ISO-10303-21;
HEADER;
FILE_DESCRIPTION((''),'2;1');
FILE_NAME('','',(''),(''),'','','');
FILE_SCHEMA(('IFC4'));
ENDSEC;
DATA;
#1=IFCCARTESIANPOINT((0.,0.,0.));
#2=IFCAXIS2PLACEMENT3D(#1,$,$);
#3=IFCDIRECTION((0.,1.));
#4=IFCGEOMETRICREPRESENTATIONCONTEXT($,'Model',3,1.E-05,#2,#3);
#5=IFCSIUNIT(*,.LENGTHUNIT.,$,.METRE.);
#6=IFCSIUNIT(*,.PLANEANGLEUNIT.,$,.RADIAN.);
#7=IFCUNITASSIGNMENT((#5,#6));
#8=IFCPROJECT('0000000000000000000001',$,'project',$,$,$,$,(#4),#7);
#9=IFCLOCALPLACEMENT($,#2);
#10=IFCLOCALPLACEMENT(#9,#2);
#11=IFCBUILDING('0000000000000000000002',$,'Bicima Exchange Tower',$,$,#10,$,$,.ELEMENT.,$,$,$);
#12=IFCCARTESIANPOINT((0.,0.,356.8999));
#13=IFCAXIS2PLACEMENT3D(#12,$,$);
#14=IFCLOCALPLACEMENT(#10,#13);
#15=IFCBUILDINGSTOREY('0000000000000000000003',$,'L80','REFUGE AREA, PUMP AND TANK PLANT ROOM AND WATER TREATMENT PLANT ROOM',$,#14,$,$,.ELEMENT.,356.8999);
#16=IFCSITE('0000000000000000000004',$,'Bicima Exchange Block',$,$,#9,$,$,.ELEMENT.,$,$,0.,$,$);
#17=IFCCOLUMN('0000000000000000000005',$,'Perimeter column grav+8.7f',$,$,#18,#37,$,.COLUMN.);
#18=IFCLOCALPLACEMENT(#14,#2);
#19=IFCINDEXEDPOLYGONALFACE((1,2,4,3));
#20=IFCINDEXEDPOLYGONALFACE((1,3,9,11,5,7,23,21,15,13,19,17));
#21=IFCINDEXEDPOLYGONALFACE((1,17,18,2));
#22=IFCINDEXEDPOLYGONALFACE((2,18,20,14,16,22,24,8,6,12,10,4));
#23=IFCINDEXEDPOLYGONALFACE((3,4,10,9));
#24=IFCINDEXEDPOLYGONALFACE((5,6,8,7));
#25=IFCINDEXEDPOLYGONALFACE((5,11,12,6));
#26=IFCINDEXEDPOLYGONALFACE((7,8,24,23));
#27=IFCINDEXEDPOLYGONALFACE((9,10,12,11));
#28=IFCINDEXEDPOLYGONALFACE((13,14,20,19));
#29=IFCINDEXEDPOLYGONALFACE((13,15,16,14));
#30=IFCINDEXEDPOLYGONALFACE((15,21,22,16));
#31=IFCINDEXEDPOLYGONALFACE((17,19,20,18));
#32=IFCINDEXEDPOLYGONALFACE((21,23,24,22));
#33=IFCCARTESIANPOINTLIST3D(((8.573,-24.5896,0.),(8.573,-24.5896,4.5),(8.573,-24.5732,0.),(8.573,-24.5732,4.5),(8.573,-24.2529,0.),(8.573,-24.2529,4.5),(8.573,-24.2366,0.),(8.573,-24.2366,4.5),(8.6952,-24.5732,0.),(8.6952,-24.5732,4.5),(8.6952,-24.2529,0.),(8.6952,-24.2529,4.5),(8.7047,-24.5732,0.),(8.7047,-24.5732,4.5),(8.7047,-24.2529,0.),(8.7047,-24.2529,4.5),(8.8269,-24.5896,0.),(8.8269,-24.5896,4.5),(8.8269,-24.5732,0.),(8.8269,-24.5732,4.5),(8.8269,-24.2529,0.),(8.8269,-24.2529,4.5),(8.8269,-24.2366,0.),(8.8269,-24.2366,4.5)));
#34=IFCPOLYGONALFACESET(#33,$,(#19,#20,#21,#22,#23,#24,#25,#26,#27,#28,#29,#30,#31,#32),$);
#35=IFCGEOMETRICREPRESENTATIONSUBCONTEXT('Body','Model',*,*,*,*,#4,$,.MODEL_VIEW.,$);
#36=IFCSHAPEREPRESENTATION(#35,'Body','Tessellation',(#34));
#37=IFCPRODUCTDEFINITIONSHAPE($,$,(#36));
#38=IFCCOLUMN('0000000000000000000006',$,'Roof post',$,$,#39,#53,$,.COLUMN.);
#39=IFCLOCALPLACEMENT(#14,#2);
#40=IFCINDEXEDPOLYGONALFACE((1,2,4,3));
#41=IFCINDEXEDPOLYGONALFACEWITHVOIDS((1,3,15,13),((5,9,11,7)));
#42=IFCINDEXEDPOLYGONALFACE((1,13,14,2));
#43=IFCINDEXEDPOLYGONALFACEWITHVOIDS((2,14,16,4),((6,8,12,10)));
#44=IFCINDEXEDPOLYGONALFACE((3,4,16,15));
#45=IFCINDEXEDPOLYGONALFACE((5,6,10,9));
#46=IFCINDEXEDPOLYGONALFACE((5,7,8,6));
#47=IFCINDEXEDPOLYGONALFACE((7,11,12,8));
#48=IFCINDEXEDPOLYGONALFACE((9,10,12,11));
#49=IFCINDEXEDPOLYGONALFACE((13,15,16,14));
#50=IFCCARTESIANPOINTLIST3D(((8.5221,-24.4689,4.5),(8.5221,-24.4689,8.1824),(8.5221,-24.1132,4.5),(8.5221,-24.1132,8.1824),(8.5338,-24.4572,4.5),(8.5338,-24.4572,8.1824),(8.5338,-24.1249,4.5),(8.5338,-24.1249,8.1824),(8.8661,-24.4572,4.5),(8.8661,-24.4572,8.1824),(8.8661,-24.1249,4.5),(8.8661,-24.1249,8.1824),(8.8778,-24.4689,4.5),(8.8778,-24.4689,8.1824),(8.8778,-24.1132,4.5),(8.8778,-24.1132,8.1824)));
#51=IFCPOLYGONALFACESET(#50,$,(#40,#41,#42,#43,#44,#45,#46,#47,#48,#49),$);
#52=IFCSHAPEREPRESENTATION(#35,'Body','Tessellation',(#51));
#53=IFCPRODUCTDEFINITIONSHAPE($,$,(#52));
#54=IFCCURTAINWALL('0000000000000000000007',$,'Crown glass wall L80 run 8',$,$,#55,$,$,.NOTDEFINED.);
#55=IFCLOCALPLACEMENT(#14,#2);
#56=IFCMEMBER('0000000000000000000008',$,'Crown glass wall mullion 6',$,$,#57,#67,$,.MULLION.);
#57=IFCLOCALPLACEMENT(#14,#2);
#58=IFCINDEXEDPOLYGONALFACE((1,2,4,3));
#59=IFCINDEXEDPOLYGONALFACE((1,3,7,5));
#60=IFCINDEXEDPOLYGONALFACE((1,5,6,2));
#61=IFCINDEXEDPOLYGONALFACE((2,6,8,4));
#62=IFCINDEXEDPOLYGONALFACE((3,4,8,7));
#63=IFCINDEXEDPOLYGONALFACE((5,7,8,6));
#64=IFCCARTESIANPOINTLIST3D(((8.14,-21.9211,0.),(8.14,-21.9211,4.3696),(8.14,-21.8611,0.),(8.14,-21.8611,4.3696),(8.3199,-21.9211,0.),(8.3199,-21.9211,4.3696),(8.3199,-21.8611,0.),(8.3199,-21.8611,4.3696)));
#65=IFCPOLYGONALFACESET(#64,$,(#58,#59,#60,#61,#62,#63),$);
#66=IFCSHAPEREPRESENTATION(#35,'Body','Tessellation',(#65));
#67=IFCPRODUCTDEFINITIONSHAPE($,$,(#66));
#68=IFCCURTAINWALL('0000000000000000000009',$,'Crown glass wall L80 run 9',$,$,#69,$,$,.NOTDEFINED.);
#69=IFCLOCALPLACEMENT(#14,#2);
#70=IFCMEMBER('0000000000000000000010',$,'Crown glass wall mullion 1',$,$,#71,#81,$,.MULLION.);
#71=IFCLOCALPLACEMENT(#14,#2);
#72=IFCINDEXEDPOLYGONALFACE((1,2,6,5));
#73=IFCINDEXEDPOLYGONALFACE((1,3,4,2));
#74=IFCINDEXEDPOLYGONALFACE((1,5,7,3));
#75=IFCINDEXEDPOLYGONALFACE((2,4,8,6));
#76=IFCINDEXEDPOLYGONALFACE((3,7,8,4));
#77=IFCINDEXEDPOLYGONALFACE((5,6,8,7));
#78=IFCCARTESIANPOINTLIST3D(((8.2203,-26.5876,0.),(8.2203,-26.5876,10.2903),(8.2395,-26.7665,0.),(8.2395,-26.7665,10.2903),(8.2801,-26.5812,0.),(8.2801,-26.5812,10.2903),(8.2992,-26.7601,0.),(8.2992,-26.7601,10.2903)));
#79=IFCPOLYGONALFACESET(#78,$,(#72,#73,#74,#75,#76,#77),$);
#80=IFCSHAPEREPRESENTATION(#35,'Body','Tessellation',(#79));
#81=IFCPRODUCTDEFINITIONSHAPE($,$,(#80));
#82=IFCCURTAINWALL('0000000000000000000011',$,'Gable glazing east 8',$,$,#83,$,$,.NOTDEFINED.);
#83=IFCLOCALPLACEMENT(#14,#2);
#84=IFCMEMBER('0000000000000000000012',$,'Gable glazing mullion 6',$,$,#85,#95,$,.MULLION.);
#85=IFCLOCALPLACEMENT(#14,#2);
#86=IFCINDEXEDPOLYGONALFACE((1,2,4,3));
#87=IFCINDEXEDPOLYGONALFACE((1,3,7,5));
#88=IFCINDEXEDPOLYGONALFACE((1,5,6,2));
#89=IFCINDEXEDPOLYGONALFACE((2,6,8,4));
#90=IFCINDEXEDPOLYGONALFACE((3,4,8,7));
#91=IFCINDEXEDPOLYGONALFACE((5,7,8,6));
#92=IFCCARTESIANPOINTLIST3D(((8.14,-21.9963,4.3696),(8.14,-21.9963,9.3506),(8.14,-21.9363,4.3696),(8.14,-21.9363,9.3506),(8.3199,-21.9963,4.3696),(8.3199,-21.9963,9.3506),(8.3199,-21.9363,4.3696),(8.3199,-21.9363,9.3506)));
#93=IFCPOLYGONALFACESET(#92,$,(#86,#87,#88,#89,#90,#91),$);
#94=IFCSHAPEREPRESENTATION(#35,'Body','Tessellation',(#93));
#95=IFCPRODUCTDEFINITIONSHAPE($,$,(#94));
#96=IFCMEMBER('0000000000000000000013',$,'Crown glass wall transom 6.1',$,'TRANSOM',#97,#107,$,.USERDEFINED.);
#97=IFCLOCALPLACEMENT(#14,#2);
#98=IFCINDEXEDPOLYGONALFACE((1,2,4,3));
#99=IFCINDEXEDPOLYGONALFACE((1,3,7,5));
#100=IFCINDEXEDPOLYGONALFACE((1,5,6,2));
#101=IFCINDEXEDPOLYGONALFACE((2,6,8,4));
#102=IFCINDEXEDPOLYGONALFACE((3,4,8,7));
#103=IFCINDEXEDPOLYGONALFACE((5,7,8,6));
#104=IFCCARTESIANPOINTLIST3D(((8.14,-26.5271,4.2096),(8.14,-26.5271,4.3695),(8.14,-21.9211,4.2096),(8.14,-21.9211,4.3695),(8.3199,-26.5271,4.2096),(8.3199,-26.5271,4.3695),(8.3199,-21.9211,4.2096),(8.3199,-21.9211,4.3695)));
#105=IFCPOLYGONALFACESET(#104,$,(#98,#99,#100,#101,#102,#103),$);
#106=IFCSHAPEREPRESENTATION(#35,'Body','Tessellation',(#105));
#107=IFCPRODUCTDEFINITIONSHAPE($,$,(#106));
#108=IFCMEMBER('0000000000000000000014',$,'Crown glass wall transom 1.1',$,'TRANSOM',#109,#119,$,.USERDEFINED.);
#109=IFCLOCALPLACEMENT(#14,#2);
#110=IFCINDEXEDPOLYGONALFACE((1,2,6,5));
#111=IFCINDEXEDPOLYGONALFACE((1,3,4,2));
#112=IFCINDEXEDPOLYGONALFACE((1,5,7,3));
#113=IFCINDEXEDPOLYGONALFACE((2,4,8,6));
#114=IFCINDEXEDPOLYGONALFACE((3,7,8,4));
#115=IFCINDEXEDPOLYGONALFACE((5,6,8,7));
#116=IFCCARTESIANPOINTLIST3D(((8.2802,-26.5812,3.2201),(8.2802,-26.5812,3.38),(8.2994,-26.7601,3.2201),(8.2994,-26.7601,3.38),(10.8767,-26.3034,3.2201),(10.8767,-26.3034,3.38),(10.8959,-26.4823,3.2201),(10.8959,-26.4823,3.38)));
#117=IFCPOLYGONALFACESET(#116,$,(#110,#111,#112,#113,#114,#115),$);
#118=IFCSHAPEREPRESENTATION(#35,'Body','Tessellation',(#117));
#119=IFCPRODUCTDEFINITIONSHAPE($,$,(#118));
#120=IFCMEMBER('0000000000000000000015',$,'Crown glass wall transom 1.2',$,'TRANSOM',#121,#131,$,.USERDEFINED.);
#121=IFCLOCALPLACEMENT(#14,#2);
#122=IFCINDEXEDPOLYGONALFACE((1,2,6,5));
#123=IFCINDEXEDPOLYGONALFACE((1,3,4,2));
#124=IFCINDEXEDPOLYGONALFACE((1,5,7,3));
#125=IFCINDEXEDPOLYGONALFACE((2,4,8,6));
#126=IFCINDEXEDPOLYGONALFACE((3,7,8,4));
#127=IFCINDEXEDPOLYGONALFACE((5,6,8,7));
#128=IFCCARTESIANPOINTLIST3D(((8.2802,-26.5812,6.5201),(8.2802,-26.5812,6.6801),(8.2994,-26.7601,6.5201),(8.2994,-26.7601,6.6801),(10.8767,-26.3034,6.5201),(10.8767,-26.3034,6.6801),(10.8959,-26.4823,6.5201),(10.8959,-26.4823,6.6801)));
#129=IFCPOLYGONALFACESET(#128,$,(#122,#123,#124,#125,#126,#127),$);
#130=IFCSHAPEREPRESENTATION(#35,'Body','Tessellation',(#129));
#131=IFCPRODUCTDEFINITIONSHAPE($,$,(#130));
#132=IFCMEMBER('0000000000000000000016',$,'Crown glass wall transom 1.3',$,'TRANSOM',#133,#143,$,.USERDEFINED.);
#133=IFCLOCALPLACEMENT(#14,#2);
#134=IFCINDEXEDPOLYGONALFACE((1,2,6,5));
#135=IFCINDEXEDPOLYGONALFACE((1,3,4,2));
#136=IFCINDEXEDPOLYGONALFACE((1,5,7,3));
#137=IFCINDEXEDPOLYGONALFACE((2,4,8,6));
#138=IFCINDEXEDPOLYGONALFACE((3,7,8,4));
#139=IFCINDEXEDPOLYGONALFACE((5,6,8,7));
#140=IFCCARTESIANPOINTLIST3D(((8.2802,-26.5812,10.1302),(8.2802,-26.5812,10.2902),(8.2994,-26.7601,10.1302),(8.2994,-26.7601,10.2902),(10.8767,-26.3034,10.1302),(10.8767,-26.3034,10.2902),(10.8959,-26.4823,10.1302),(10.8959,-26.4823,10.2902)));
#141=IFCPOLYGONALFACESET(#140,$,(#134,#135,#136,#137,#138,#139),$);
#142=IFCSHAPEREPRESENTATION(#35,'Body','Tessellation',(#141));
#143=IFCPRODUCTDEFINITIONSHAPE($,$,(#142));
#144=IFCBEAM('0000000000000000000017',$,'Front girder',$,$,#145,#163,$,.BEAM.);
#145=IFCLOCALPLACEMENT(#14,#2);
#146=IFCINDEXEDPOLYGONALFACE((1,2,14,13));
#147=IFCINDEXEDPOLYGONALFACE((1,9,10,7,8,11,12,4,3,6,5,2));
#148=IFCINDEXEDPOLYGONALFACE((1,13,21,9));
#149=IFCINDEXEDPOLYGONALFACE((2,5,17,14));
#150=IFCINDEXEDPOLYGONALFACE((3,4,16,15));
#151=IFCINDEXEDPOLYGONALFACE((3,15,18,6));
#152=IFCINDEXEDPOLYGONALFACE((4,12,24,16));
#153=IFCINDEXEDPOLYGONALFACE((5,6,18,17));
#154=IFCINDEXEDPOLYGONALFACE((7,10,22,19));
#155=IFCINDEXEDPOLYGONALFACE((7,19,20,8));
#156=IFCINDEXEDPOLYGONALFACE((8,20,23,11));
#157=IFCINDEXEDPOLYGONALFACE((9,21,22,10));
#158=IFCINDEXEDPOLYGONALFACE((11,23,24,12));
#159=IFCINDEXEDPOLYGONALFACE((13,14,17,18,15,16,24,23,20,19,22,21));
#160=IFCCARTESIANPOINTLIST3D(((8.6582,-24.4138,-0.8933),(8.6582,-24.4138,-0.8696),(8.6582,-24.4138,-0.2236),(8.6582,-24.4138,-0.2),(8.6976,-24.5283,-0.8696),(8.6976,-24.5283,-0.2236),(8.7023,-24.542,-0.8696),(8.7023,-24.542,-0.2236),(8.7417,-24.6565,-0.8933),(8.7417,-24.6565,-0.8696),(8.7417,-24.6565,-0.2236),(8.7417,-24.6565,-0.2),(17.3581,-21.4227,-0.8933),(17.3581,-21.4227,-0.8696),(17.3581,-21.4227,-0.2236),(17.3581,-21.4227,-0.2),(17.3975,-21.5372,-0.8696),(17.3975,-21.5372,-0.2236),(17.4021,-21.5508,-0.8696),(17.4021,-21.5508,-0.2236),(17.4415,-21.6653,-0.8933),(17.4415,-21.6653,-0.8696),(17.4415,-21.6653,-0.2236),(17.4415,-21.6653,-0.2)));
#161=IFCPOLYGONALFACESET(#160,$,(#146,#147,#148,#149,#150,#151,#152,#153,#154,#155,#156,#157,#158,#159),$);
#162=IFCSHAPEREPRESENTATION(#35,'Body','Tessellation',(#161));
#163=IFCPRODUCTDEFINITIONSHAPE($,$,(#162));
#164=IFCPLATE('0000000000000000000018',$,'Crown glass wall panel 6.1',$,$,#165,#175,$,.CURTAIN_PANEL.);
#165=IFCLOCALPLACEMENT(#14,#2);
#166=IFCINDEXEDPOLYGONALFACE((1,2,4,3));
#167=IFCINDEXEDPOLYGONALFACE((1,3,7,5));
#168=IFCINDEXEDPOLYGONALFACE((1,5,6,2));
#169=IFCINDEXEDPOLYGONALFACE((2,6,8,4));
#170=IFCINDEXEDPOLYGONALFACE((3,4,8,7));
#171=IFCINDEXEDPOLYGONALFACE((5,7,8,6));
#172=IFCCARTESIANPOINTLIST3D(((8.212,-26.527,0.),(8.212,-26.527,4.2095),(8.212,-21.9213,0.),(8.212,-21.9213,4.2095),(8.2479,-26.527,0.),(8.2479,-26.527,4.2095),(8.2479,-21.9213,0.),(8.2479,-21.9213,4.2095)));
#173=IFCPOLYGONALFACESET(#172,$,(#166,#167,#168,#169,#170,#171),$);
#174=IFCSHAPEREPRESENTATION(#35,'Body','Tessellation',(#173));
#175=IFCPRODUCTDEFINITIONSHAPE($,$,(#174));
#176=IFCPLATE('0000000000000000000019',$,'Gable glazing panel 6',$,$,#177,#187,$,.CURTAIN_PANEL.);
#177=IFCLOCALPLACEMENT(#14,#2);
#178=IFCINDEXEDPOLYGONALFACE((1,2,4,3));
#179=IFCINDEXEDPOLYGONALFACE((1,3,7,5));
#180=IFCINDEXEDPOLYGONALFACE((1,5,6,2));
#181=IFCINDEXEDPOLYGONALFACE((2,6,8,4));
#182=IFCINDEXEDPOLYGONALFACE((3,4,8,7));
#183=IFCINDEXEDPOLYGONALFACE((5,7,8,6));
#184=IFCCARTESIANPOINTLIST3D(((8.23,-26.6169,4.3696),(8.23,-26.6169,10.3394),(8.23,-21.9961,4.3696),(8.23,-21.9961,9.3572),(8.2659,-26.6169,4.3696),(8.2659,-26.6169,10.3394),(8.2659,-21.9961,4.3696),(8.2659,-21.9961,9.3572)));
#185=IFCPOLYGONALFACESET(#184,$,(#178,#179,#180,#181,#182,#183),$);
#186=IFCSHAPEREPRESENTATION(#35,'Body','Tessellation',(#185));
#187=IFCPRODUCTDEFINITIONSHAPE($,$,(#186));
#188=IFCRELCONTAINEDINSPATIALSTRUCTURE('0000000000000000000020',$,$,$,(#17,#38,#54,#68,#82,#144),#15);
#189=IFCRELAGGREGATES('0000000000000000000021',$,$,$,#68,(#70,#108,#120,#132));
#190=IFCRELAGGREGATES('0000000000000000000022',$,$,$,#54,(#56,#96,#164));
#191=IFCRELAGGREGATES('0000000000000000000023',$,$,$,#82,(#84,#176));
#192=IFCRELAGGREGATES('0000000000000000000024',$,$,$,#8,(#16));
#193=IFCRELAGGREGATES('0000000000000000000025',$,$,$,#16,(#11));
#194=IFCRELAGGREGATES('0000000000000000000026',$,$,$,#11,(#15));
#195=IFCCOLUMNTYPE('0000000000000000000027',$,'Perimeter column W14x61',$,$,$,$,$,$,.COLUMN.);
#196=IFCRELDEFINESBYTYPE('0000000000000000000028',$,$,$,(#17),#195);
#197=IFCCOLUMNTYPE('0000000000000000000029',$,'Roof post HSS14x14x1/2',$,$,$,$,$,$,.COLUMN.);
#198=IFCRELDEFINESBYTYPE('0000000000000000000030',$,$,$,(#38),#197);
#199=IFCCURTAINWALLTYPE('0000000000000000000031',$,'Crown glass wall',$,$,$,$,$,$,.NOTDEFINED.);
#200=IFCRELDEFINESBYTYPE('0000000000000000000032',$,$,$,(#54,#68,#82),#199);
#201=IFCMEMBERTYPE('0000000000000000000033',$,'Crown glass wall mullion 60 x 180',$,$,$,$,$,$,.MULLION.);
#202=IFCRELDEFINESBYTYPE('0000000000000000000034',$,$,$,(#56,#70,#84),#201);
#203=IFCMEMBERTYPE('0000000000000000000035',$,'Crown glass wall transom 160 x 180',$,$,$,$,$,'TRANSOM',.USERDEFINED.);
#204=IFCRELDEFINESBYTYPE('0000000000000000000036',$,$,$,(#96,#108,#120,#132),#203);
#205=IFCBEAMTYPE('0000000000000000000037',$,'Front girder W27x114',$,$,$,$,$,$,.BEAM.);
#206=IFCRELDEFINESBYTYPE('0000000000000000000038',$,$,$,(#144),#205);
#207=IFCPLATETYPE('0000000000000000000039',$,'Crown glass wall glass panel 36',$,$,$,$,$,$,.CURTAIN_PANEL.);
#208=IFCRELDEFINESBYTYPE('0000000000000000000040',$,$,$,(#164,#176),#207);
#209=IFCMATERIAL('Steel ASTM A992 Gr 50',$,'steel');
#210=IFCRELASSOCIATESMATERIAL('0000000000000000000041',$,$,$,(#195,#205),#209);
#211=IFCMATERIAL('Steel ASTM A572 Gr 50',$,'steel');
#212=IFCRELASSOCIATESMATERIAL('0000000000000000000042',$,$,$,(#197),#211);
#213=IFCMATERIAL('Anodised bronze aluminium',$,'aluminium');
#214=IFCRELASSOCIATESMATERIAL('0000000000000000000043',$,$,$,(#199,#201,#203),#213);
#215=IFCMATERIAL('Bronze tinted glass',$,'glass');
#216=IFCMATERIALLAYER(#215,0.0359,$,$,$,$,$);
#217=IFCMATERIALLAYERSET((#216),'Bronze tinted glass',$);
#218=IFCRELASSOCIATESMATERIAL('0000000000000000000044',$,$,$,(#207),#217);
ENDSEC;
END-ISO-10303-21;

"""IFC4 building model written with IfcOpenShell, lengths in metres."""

from ifc_helpers import new_model, si_unit, direction, frame, origin, origin_2d, place, context, subcontext, project, spatial, polyline, rectangle, hollow_rectangle, i_section, outline, extrude, material, layer, layer_set, material_profile, profile_set, type_object, element, aggregate, save


model = new_model("IFC4")

# Units and contexts
model_context = context("Model", 3, precision=1e-05, world=origin(), true_north=direction((0.0, 1.0)))
body_context = subcontext(model_context, "Body", "Model", "MODEL_VIEW")
ifc_project = project(units=[si_unit("LENGTHUNIT", "METRE"), si_unit("PLANEANGLEUNIT", "RADIAN")], contexts=[model_context])

# Site, building, storey
site_placement = place(None, origin())
site = spatial("IfcSite", under=ifc_project, at=site_placement, Name="Bicima Exchange Block", CompositionType="ELEMENT", RefElevation=0.0)
building_placement = place(site_placement, origin())
building = spatial("IfcBuilding", under=site, at=building_placement, Name="Bicima Exchange Tower", CompositionType="ELEMENT")
storey_placement = place(building_placement, frame((0.0, 0.0, 356.8999)))
storey = spatial("IfcBuildingStorey", under=building, at=storey_placement, Name="L80", Description="REFUGE AREA, PUMP AND TANK PLANT ROOM AND WATER TREATMENT PLANT ROOM", CompositionType="ELEMENT", Elevation=356.8999)

# Columns
ifc_material_1 = material(Name="Steel ASTM A992 Gr 50", Category="steel")
ifc_material_profile_1 = material_profile(ifc_material_1, i_section(OverallWidth=0.2539, OverallDepth=0.353, WebThickness=0.0095, FlangeThickness=0.0164, at=origin_2d()))
ifc_profile_set_1 = profile_set([ifc_material_profile_1], Name="Steel ASTM A992 Gr 50")
column_type_1 = type_object("IfcColumnType", Name="Perimeter column W14x61", PredefinedType="COLUMN", material=ifc_profile_set_1)
column_1_placement = place(storey_placement, frame((8.7, -24.4131, 0.0), z_axis=(0.0, 0.0, 1.0), x_axis=(1.0, 0.0, 0.0)))
element("IfcColumn", 1, at=column_1_placement, inside=storey, type_object=column_type_1, Name="Perimeter column grav+8.7f", PredefinedType="COLUMN", context=body_context, shape_type="SweptSolid", body=[
    extrude(i_section(OverallWidth=0.2539, OverallDepth=0.353, WebThickness=0.0095, FlangeThickness=0.0164, at=origin_2d()), origin(), (0.0, 0.0, 1.0), 4.5),
])
ifc_material_2 = material(Name="Steel ASTM A572 Gr 50", Category="steel")
ifc_material_profile_2 = material_profile(ifc_material_2, hollow_rectangle(XDim=0.3557, YDim=0.3557, WallThickness=0.0117, at=origin_2d()))
ifc_profile_set_2 = profile_set([ifc_material_profile_2], Name="Steel ASTM A572 Gr 50")
column_type_2 = type_object("IfcColumnType", Name="Roof post HSS14x14x1/2", PredefinedType="COLUMN", material=ifc_profile_set_2)
column_2_placement = place(storey_placement, frame((8.7, -24.291, 4.5), z_axis=(0.0, 0.0, 1.0), x_axis=(1.0, 0.0, 0.0)))
element("IfcColumn", 2, at=column_2_placement, inside=storey, type_object=column_type_2, Name="Roof post", PredefinedType="COLUMN", context=body_context, shape_type="SweptSolid", body=[
    extrude(hollow_rectangle(XDim=0.3557, YDim=0.3557, WallThickness=0.0117, at=origin_2d()), origin(), (0.0, 0.0, 1.0), 3.6824),
])

# Curtain walls, members
ifc_material_3 = material(Name="Anodised bronze aluminium", Category="aluminium")
curtain_wall_type = type_object("IfcCurtainWallType", Name="Crown glass wall", PredefinedType="NOTDEFINED", material=ifc_material_3)
curtain_wall_1_placement = place(storey_placement, origin())
curtain_wall_1 = element("IfcCurtainWall", 3, at=curtain_wall_1_placement, inside=storey, type_object=curtain_wall_type, Name="Crown glass wall L80 run 8", PredefinedType="NOTDEFINED")
ifc_material_profile_3 = material_profile(ifc_material_3, rectangle(XDim=0.1799, YDim=0.0601, at=origin_2d()))
ifc_profile_set_3 = profile_set([ifc_material_profile_3], Name="Anodised bronze aluminium")
member_type_1 = type_object("IfcMemberType", Name="Crown glass wall mullion 60 x 180", PredefinedType="MULLION", material=ifc_profile_set_3)
member_1_placement = place(storey_placement, frame((8.23, -21.8911, 0.0), z_axis=(0.0, 0.0, 1.0), x_axis=(1.0, 0.0, 0.0)))
member_1 = element("IfcMember", 4, at=member_1_placement, type_object=member_type_1, Name="Crown glass wall mullion 6", PredefinedType="MULLION", context=body_context, shape_type="SweptSolid", body=[
    extrude(rectangle(XDim=0.1799, YDim=0.0601, at=origin_2d()), origin(), (0.0, 0.0, 1.0), 4.3696),
])
curtain_wall_2_placement = place(storey_placement, origin())
curtain_wall_2 = element("IfcCurtainWall", 5, at=curtain_wall_2_placement, inside=storey, type_object=curtain_wall_type, Name="Crown glass wall L80 run 9", PredefinedType="NOTDEFINED")
member_2_placement = place(storey_placement, frame((8.2598, -26.6738, 0.0), z_axis=(0.0, 0.0, 1.0), x_axis=(-0.106372, 0.994326, 0.0)))
member_2 = element("IfcMember", 6, at=member_2_placement, type_object=member_type_1, Name="Crown glass wall mullion 1", PredefinedType="MULLION", context=body_context, shape_type="SweptSolid", body=[
    extrude(rectangle(XDim=0.1799, YDim=0.0601, at=origin_2d()), origin(), (0.0, 0.0, 1.0), 10.2903),
])
curtain_wall_3_placement = place(storey_placement, origin())
curtain_wall_3 = element("IfcCurtainWall", 7, at=curtain_wall_3_placement, inside=storey, type_object=curtain_wall_type, Name="Gable glazing east 8", PredefinedType="NOTDEFINED")
member_3_placement = place(storey_placement, frame((8.23, -21.9663, 4.3696), z_axis=(0.0, 0.0, 1.0), x_axis=(1.0, 0.0, 0.0)))
member_3 = element("IfcMember", 8, at=member_3_placement, type_object=member_type_1, Name="Gable glazing mullion 6", PredefinedType="MULLION", context=body_context, shape_type="SweptSolid", body=[
    extrude(rectangle(XDim=0.1799, YDim=0.0601, at=origin_2d()), origin(), (0.0, 0.0, 1.0), 4.981),
])

# Members
ifc_material_profile_4 = material_profile(ifc_material_3, rectangle(XDim=0.1799, YDim=0.1599, at=origin_2d()))
ifc_profile_set_4 = profile_set([ifc_material_profile_4], Name="Anodised bronze aluminium")
member_type_2 = type_object("IfcMemberType", Name="Crown glass wall transom 160 x 180", ElementType="TRANSOM", PredefinedType="USERDEFINED", material=ifc_profile_set_4)
member_4_placement = place(storey_placement, frame((8.23, -21.9211, 4.2896), z_axis=(0.0, -1.0, 0.0), x_axis=(1.0, 0.0, 0.0)))
member_4 = element("IfcMember", 9, at=member_4_placement, type_object=member_type_2, Name="Crown glass wall transom 6.1", ObjectType="TRANSOM", PredefinedType="USERDEFINED", context=body_context, shape_type="SweptSolid", body=[
    extrude(rectangle(XDim=0.1799, YDim=0.1599, at=origin_2d()), origin(), (0.0, 0.0, 1.0), 4.606),
])
member_5_placement = place(storey_placement, frame((8.2898, -26.6707, 3.3), z_axis=(0.994324, 0.106398, 0.0), x_axis=(-0.106398, 0.994324, 0.0)))
member_5 = element("IfcMember", 10, at=member_5_placement, type_object=member_type_2, Name="Crown glass wall transom 1.1", ObjectType="TRANSOM", PredefinedType="USERDEFINED", context=body_context, shape_type="SweptSolid", body=[
    extrude(rectangle(XDim=0.1799, YDim=0.1599, at=origin_2d()), origin(), (0.0, 0.0, 1.0), 2.6113),
])
member_6_placement = place(storey_placement, frame((8.2898, -26.6707, 6.6001), z_axis=(0.994324, 0.106398, 0.0), x_axis=(-0.106398, 0.994324, 0.0)))
member_6 = element("IfcMember", 11, at=member_6_placement, type_object=member_type_2, Name="Crown glass wall transom 1.2", ObjectType="TRANSOM", PredefinedType="USERDEFINED", context=body_context, shape_type="SweptSolid", body=[
    extrude(rectangle(XDim=0.1799, YDim=0.1599, at=origin_2d()), origin(), (0.0, 0.0, 1.0), 2.6113),
])
member_7_placement = place(storey_placement, frame((8.2898, -26.6707, 10.2102), z_axis=(0.994324, 0.106398, 0.0), x_axis=(-0.106398, 0.994324, 0.0)))
member_7 = element("IfcMember", 12, at=member_7_placement, type_object=member_type_2, Name="Crown glass wall transom 1.3", ObjectType="TRANSOM", PredefinedType="USERDEFINED", context=body_context, shape_type="SweptSolid", body=[
    extrude(rectangle(XDim=0.1799, YDim=0.1599, at=origin_2d()), origin(), (0.0, 0.0, 1.0), 2.6113),
])
aggregate(curtain_wall_2, [member_2, member_5, member_6, member_7])

# Beam
ifc_material_profile_5 = material_profile(ifc_material_1, i_section(OverallWidth=0.2566, OverallDepth=0.6934, WebThickness=0.0144, FlangeThickness=0.0237, at=origin_2d()))
ifc_profile_set_5 = profile_set([ifc_material_profile_5], Name="Steel ASTM A992 Gr 50")
beam_type = type_object("IfcBeamType", Name="Front girder W27x114", PredefinedType="BEAM", material=ifc_profile_set_5)
beam_placement = place(storey_placement, frame((8.7, -24.5352, -0.5466), z_axis=(0.945666, 0.325138, 0.0), x_axis=(-0.325138, 0.945666, 0.0)))
element("IfcBeam", 13, at=beam_placement, inside=storey, type_object=beam_type, Name="Front girder", PredefinedType="BEAM", context=body_context, shape_type="SweptSolid", body=[
    extrude(i_section(OverallWidth=0.2566, OverallDepth=0.6934, WebThickness=0.0144, FlangeThickness=0.0237, at=origin_2d()), origin(), (0.0, 0.0, 1.0), 9.1997),
])

# Plates
ifc_material_4 = material(Name="Bronze tinted glass", Category="glass")
ifc_layer_1 = layer(ifc_material_4, 0.0359)
ifc_layer_set_1 = layer_set([ifc_layer_1], Name="Bronze tinted glass")
plate_type_1 = type_object("IfcPlateType", Name="Crown glass wall glass panel 36", PredefinedType="CURTAIN_PANEL", material=ifc_layer_set_1)
plate_1_placement = place(storey_placement, frame((8.23, -24.2241, 0.0), z_axis=(0.0, 0.0, 1.0), x_axis=(0.0, -1.0, 0.0)))
plate_1 = element("IfcPlate", 14, at=plate_1_placement, type_object=plate_type_1, Name="Crown glass wall panel 6.1", PredefinedType="CURTAIN_PANEL", context=body_context, shape_type="SweptSolid", body=[
    extrude(rectangle(XDim=4.6057, YDim=0.0359, at=origin_2d()), origin(), (0.0, 0.0, 1.0), 4.2095),
])
aggregate(curtain_wall_1, [member_1, member_4, plate_1])
plate_2_placement = place(storey_placement, frame((8.23, -21.9961, 4.3696), z_axis=(-1.0, 0.0, 0.0), x_axis=(0.0, -1.0, 0.0)))
plate_2 = element("IfcPlate", 15, at=plate_2_placement, type_object=plate_type_1, Name="Gable glazing panel 6", PredefinedType="CURTAIN_PANEL", context=body_context, shape_type="SweptSolid", body=[
    extrude(outline(polyline([(0.0, 0.0), (4.6208, 0.0), (4.6208, 5.9697), (0.0, 4.9875), (0.0, 0.0)])), origin(), (0.0, 0.0, -1.0), 0.0359),
])
aggregate(curtain_wall_3, [member_3, plate_2])

save(model, "model.ifc")
